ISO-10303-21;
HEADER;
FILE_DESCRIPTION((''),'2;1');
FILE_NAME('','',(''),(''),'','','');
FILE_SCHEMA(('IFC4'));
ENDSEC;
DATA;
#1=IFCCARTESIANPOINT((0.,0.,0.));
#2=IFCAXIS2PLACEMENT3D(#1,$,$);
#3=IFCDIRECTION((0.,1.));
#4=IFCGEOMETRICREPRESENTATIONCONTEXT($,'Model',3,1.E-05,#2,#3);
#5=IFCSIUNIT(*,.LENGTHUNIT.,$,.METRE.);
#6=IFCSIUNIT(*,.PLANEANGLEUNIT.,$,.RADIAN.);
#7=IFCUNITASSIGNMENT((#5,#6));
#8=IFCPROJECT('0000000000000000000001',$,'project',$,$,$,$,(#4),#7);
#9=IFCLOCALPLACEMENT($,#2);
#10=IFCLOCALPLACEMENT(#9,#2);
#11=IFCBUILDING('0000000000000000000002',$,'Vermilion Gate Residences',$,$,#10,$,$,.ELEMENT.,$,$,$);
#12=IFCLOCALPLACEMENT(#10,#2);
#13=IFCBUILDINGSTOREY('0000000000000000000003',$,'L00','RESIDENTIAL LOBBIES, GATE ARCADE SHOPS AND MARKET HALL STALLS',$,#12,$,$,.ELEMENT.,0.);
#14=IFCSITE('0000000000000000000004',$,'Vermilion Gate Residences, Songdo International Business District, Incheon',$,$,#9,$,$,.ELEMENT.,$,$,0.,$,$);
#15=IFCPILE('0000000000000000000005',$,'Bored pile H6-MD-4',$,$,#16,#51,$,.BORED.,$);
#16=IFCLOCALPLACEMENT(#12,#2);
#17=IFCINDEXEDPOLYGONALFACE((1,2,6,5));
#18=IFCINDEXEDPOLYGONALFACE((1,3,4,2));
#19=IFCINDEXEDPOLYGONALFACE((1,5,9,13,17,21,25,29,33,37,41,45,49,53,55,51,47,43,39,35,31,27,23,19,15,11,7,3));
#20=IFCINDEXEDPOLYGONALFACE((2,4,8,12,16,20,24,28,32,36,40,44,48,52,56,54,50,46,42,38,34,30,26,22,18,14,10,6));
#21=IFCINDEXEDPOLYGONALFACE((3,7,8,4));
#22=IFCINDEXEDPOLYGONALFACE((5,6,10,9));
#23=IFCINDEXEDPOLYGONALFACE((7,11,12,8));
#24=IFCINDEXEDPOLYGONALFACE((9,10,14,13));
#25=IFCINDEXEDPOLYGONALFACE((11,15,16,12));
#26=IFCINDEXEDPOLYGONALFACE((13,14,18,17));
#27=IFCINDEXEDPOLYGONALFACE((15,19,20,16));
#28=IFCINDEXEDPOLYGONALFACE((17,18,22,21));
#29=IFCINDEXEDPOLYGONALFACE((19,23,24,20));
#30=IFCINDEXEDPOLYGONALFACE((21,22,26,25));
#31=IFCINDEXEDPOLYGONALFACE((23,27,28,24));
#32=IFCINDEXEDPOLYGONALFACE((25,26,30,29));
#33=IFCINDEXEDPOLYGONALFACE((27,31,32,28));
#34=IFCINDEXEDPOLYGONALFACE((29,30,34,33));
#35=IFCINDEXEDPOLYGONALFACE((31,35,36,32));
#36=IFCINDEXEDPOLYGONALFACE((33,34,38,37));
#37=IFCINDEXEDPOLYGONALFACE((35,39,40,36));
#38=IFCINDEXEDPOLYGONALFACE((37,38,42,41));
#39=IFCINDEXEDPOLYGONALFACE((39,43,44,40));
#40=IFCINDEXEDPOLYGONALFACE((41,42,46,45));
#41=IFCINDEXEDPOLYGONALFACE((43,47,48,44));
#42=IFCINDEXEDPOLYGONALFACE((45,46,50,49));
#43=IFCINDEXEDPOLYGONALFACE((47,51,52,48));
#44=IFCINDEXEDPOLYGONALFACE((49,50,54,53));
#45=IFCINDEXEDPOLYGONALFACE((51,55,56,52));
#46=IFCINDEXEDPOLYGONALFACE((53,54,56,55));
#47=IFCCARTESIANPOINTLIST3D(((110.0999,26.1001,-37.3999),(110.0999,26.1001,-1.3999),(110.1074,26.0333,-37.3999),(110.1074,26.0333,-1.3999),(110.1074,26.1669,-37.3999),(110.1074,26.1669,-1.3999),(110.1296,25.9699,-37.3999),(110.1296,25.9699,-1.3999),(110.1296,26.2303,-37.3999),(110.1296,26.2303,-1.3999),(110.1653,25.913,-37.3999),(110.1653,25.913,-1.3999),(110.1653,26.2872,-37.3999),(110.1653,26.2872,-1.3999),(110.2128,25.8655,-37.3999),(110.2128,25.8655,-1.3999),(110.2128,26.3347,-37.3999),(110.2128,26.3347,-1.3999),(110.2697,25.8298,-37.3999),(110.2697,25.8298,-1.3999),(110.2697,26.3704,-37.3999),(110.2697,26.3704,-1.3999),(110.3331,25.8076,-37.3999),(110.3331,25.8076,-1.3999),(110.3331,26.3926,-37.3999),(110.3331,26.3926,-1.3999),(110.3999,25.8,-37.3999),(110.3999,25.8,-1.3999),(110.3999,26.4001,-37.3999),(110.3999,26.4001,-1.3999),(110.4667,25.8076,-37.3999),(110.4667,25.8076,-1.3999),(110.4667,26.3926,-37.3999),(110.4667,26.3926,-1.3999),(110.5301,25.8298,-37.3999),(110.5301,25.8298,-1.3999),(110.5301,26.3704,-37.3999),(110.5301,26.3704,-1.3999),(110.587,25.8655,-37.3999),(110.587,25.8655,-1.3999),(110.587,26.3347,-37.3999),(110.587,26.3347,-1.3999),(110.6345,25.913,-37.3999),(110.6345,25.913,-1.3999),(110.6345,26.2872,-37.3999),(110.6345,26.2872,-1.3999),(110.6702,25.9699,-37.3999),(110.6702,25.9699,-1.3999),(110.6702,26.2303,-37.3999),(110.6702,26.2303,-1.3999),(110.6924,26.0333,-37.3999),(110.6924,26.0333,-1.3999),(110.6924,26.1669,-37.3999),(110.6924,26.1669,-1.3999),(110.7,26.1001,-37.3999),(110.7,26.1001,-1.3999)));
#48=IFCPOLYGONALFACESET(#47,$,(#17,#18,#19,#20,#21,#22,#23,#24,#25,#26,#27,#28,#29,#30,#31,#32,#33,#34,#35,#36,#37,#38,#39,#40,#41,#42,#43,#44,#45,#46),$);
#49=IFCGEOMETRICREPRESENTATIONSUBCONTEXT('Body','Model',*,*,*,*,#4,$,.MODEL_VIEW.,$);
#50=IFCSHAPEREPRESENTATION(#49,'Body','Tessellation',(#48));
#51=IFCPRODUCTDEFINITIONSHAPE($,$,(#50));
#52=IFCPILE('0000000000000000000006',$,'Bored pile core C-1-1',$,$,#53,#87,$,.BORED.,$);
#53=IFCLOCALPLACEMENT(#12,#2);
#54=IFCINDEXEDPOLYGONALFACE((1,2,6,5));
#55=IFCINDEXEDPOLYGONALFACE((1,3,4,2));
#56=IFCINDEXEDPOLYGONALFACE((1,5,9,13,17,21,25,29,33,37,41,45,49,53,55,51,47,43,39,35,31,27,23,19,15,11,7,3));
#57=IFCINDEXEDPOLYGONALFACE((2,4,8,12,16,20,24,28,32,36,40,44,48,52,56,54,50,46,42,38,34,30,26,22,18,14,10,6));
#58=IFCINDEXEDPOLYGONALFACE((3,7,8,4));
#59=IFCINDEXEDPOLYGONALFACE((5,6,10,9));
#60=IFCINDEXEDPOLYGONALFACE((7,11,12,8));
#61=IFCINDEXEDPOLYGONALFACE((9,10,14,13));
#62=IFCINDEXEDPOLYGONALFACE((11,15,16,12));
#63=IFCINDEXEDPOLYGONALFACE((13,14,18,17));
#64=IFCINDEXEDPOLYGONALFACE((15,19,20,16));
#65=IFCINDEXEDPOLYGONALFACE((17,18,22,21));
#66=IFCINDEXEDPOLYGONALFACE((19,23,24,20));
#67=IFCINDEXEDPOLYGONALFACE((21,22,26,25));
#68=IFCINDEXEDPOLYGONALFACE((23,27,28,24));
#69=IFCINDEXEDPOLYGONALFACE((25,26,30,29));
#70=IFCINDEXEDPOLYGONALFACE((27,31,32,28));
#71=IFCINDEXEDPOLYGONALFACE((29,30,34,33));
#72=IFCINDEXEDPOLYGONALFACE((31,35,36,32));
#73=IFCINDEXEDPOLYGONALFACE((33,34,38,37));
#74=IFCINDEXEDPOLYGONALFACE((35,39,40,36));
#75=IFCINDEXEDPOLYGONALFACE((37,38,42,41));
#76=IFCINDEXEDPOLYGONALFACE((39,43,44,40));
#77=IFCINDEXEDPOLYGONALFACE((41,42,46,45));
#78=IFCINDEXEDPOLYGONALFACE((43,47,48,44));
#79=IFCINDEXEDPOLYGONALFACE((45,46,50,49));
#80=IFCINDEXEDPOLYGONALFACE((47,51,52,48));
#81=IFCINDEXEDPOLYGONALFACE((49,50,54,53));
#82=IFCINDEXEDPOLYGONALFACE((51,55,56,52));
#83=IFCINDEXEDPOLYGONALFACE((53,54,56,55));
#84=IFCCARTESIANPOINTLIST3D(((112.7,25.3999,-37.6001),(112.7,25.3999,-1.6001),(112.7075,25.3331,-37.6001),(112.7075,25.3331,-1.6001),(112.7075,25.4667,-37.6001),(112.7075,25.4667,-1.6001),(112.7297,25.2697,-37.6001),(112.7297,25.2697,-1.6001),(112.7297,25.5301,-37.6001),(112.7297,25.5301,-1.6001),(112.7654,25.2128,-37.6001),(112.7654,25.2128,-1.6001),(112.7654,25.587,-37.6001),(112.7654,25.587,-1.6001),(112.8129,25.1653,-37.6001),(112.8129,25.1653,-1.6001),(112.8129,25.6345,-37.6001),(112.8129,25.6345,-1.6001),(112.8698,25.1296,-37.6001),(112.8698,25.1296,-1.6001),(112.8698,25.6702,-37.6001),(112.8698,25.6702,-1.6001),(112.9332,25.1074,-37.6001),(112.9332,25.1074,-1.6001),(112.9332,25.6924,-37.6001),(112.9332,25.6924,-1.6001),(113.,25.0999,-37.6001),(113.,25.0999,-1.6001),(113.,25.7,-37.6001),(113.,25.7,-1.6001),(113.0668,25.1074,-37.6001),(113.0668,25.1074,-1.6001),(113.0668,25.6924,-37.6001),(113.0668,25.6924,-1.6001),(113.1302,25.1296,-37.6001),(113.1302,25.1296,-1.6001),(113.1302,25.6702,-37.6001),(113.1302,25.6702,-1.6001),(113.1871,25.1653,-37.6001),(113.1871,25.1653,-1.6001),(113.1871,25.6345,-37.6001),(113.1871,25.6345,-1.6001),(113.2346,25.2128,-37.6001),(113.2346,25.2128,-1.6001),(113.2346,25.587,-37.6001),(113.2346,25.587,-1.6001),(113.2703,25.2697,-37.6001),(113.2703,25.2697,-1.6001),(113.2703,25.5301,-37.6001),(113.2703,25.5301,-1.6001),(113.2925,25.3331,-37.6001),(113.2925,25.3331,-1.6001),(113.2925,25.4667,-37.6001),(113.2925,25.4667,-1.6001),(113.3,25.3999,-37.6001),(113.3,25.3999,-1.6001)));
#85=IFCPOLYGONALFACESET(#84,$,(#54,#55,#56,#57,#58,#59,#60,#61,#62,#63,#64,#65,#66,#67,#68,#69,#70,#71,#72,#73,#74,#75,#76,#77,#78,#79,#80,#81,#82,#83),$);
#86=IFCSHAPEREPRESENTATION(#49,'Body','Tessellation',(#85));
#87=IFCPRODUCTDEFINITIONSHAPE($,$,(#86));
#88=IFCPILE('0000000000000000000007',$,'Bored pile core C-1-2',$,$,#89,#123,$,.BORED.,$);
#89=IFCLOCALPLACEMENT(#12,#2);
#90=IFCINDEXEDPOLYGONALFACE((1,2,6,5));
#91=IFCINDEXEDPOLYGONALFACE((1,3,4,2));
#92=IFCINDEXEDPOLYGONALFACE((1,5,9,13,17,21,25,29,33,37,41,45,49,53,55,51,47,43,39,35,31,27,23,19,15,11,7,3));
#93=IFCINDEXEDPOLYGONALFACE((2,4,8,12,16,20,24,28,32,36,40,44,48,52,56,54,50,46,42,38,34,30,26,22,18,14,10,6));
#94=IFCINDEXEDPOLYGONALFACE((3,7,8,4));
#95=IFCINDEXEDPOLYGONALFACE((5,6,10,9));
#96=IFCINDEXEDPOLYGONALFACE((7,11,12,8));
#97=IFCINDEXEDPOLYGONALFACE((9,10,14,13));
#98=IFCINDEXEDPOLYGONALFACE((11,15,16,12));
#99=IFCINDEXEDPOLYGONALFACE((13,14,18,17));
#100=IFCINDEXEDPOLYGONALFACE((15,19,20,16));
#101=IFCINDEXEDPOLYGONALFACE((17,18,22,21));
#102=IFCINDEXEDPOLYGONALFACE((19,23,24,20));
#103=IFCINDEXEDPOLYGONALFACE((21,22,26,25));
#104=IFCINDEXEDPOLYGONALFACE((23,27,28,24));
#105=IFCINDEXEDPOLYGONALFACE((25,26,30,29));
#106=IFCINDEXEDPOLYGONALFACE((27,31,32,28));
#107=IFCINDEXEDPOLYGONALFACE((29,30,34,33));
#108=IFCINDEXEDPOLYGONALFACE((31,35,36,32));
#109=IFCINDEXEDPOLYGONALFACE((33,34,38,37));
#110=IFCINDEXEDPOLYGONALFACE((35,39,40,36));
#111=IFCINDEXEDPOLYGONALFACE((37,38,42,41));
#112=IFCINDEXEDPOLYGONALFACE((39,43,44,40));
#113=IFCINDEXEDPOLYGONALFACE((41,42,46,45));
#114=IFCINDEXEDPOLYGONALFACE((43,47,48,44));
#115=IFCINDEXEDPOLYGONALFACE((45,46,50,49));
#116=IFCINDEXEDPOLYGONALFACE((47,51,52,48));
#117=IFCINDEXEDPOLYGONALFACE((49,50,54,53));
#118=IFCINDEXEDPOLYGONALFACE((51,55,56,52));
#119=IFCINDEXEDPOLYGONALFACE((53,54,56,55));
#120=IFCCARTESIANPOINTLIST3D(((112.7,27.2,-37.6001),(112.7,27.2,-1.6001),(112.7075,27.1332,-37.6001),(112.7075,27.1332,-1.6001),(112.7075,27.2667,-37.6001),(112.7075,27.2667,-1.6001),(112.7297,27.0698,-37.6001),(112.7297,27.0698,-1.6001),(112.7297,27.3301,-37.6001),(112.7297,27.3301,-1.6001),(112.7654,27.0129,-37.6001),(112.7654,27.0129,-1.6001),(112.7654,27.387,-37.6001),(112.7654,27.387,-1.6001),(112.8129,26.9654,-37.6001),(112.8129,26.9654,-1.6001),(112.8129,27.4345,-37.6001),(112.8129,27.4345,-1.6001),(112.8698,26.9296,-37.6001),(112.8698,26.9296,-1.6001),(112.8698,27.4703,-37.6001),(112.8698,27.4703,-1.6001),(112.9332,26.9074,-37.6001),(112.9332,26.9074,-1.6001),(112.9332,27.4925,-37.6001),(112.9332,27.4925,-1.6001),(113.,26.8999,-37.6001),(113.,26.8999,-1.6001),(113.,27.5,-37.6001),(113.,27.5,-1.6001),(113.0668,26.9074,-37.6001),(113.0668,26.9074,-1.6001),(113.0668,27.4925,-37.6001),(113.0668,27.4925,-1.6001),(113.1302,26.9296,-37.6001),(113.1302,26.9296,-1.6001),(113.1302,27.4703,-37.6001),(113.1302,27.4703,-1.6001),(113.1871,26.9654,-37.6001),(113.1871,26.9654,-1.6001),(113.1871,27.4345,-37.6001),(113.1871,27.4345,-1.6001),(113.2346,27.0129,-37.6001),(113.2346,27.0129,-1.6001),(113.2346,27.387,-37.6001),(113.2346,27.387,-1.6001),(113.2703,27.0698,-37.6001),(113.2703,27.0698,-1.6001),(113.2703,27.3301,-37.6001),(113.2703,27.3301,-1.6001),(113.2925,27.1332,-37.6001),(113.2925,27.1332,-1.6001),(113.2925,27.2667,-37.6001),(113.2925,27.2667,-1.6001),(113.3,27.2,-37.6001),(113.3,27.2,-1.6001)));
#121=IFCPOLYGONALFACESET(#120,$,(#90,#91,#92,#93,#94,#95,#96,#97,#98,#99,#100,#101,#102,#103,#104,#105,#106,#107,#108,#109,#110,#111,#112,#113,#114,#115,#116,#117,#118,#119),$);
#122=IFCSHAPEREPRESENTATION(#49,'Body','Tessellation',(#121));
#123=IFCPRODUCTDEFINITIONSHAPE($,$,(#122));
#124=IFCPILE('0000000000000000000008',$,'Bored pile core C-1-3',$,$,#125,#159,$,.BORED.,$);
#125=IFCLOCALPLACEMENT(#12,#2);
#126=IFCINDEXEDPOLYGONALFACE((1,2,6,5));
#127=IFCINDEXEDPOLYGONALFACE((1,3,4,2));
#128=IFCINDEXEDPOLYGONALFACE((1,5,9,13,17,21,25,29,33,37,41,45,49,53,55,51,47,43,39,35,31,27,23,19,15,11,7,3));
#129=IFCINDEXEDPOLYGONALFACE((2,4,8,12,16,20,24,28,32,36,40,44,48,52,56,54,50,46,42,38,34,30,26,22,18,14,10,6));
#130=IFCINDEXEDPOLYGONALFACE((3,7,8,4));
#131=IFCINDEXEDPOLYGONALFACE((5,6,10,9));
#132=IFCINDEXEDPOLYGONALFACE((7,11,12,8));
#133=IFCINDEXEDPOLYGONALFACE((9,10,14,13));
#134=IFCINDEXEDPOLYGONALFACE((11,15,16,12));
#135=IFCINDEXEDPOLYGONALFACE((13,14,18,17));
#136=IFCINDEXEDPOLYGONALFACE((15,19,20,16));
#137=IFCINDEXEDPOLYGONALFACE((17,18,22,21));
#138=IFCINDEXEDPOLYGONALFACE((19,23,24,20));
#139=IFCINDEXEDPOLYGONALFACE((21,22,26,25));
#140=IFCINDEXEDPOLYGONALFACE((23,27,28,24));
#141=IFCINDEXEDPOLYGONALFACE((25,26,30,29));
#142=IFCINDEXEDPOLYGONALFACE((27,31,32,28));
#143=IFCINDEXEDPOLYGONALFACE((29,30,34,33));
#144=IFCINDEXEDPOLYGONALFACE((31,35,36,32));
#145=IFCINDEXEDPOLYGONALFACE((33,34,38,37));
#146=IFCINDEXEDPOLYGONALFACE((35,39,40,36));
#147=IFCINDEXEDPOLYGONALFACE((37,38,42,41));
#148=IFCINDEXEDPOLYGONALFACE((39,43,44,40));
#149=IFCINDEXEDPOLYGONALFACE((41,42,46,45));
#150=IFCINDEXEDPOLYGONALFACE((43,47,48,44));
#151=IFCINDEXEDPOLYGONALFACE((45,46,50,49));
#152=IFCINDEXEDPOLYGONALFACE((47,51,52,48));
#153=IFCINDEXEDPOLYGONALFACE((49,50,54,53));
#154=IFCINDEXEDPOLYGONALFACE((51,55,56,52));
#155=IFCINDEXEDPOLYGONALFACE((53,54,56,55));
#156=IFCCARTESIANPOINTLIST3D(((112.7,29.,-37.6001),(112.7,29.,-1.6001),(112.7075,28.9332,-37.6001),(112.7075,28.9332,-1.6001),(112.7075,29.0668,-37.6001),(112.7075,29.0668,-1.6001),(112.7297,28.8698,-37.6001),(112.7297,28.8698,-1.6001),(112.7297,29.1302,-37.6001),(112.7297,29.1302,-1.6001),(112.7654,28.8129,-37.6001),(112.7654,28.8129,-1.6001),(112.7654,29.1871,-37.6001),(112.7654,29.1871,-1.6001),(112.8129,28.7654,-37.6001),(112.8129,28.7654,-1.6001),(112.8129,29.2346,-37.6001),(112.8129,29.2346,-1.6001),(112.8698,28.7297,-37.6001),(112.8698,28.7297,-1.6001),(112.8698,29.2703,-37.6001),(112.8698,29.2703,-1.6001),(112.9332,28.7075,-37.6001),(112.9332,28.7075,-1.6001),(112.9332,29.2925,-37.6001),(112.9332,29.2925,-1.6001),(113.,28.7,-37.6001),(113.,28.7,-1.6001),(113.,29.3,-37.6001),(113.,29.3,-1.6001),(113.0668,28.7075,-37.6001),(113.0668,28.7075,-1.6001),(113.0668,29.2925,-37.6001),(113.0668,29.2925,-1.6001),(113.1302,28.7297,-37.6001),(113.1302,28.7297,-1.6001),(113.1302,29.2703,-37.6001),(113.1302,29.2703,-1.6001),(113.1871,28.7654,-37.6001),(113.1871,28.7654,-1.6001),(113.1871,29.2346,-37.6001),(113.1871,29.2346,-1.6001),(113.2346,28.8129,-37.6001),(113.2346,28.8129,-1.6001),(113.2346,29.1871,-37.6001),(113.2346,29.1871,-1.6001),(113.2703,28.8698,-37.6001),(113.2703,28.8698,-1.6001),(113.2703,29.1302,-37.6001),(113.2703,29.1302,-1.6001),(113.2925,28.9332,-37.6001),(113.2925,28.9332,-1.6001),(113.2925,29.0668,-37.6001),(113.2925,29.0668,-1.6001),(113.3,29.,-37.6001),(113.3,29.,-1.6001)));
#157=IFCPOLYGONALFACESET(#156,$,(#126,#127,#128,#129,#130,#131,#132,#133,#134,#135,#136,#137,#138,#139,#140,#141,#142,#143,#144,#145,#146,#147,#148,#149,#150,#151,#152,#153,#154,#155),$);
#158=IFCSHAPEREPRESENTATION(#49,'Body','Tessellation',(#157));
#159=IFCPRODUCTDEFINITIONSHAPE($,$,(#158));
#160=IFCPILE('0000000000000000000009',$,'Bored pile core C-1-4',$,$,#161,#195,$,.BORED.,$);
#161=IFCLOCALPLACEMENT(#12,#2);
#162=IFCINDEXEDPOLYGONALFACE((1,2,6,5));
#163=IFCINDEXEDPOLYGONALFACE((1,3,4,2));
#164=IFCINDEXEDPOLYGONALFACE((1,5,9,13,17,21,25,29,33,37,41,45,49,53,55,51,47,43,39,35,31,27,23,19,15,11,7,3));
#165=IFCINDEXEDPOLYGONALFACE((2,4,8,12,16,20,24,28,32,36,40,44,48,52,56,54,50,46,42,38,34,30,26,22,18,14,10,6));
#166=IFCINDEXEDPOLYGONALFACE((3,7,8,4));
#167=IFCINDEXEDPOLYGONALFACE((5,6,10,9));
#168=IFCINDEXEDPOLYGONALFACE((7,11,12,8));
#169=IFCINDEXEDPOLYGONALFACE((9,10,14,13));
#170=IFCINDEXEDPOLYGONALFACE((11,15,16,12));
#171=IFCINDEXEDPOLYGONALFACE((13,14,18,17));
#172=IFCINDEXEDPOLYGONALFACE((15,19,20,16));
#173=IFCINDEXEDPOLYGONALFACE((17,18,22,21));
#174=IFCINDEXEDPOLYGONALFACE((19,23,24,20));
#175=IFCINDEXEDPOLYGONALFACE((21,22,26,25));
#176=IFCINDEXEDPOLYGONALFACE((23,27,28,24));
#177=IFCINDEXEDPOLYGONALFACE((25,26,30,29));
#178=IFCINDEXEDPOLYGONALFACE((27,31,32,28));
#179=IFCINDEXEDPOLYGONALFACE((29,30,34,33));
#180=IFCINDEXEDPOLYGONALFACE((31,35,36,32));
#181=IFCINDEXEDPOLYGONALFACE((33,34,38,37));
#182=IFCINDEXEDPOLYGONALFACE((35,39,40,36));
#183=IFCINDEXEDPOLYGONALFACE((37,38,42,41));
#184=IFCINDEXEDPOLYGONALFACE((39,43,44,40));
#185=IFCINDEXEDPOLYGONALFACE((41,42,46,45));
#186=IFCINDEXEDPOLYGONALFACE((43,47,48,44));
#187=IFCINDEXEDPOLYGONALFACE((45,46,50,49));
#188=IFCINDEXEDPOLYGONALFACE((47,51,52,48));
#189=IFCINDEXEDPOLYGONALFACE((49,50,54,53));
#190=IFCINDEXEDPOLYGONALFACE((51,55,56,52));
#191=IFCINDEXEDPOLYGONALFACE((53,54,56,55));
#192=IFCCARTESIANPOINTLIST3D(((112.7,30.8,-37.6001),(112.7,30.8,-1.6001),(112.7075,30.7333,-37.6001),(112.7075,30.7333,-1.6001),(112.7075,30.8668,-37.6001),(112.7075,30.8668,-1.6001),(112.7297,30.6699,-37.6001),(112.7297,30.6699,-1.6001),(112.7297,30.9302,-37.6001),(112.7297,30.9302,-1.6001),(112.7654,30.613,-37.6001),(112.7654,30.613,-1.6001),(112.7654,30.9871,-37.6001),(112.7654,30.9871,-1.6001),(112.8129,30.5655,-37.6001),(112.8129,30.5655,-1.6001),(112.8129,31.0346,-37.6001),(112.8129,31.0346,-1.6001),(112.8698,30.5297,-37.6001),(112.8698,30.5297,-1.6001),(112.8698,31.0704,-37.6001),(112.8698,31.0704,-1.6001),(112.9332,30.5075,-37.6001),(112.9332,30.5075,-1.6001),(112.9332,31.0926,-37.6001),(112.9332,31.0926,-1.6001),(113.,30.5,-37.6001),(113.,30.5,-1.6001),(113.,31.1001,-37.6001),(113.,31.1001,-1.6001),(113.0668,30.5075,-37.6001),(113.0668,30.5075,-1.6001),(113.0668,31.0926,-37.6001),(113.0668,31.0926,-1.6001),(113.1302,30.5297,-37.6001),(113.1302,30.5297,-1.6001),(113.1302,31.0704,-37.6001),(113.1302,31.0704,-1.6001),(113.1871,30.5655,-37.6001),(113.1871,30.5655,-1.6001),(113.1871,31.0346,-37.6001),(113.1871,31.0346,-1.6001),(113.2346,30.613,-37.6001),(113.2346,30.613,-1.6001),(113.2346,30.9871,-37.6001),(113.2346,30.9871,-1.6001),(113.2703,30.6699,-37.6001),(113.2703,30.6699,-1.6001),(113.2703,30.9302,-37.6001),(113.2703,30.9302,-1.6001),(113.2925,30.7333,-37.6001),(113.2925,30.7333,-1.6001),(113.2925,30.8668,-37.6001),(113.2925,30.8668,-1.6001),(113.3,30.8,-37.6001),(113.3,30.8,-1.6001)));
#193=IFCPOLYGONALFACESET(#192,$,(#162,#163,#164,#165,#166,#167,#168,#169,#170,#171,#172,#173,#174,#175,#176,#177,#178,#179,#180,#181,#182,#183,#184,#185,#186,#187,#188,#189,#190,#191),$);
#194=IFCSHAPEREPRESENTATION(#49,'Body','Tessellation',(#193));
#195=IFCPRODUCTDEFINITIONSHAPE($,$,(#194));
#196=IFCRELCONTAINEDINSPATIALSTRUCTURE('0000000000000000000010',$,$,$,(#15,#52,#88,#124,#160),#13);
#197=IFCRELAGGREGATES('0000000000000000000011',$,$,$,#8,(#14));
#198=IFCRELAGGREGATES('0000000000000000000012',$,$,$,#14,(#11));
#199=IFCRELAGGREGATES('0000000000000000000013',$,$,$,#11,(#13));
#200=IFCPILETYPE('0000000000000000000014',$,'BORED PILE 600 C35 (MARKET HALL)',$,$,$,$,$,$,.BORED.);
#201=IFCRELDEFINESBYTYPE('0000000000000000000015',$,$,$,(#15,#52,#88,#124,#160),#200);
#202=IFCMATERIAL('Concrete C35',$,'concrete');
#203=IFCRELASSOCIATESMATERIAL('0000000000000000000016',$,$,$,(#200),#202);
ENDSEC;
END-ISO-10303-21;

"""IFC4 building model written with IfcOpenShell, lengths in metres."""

from ifc_helpers import new_model, si_unit, direction, frame, origin, origin_2d, place, context, subcontext, project, spatial, circle, extrude, material, material_profile, profile_set, type_object, element, save


model = new_model("IFC4")

# Units and contexts
model_context = context("Model", 3, precision=1e-05, world=origin(), true_north=direction((0.0, 1.0)))
body_context = subcontext(model_context, "Body", "Model", "MODEL_VIEW")
ifc_project = project(units=[si_unit("LENGTHUNIT", "METRE"), si_unit("PLANEANGLEUNIT", "RADIAN")], contexts=[model_context])

# Site, building, storey
site_placement = place(None, origin())
site = spatial("IfcSite", under=ifc_project, at=site_placement, Name="Vermilion Gate Residences, Songdo International Business District, Incheon", CompositionType="ELEMENT", RefElevation=0.0)
building_placement = place(site_placement, origin())
building = spatial("IfcBuilding", under=site, at=building_placement, Name="Vermilion Gate Residences", CompositionType="ELEMENT")
storey_placement = place(building_placement, origin())
storey = spatial("IfcBuildingStorey", under=building, at=storey_placement, Name="L00", Description="RESIDENTIAL LOBBIES, GATE ARCADE SHOPS AND MARKET HALL STALLS", CompositionType="ELEMENT", Elevation=0.0)

# Piles
ifc_material_1 = material(Name="Concrete C35", Category="concrete")
ifc_material_profile_1 = material_profile(ifc_material_1, circle(Radius=0.3, at=origin_2d()), Name="BORED PILE 600 C35 (MARKET HALL)")
ifc_profile_set_1 = profile_set([ifc_material_profile_1], Name="Concrete C35")
pile_type = type_object("IfcPileType", Name="BORED PILE 600 C35 (MARKET HALL)", PredefinedType="BORED", material=ifc_profile_set_1)
for number, where, z_axis, x_axis, name in (
    (1, (110.3999, 26.1001, -1.3999), (0.0, 0.0, -1.0), (1.0, 0.0, 0.0), "Bored pile H6-MD-4"),
    (2, (113.0, 25.3999, -1.6001), (0.0, 0.0, -1.0), (1.0, 0.0, 0.0), "Bored pile core C-1-1"),
    (3, (113.0, 27.2, -1.6001), (0.0, 0.0, -1.0), (1.0, 0.0, 0.0), "Bored pile core C-1-2"),
    (4, (113.0, 29.0, -1.6001), (0.0, 0.0, -1.0), (1.0, 0.0, 0.0), "Bored pile core C-1-3"),
    (5, (113.0, 30.8, -1.6001), (0.0, 0.0, -1.0), (1.0, 0.0, 0.0), "Bored pile core C-1-4"),
):
    element("IfcPile", number, at=place(storey_placement, frame(where, z_axis=z_axis, x_axis=x_axis)), inside=storey, type_object=pile_type, Name=name, PredefinedType="BORED", context=body_context, shape_type="SweptSolid", body=[
        extrude(circle(Radius=0.3, at=origin_2d()), origin(), (0.0, 0.0, 1.0), 36.0),
    ])

save(model, "model.ifc")
